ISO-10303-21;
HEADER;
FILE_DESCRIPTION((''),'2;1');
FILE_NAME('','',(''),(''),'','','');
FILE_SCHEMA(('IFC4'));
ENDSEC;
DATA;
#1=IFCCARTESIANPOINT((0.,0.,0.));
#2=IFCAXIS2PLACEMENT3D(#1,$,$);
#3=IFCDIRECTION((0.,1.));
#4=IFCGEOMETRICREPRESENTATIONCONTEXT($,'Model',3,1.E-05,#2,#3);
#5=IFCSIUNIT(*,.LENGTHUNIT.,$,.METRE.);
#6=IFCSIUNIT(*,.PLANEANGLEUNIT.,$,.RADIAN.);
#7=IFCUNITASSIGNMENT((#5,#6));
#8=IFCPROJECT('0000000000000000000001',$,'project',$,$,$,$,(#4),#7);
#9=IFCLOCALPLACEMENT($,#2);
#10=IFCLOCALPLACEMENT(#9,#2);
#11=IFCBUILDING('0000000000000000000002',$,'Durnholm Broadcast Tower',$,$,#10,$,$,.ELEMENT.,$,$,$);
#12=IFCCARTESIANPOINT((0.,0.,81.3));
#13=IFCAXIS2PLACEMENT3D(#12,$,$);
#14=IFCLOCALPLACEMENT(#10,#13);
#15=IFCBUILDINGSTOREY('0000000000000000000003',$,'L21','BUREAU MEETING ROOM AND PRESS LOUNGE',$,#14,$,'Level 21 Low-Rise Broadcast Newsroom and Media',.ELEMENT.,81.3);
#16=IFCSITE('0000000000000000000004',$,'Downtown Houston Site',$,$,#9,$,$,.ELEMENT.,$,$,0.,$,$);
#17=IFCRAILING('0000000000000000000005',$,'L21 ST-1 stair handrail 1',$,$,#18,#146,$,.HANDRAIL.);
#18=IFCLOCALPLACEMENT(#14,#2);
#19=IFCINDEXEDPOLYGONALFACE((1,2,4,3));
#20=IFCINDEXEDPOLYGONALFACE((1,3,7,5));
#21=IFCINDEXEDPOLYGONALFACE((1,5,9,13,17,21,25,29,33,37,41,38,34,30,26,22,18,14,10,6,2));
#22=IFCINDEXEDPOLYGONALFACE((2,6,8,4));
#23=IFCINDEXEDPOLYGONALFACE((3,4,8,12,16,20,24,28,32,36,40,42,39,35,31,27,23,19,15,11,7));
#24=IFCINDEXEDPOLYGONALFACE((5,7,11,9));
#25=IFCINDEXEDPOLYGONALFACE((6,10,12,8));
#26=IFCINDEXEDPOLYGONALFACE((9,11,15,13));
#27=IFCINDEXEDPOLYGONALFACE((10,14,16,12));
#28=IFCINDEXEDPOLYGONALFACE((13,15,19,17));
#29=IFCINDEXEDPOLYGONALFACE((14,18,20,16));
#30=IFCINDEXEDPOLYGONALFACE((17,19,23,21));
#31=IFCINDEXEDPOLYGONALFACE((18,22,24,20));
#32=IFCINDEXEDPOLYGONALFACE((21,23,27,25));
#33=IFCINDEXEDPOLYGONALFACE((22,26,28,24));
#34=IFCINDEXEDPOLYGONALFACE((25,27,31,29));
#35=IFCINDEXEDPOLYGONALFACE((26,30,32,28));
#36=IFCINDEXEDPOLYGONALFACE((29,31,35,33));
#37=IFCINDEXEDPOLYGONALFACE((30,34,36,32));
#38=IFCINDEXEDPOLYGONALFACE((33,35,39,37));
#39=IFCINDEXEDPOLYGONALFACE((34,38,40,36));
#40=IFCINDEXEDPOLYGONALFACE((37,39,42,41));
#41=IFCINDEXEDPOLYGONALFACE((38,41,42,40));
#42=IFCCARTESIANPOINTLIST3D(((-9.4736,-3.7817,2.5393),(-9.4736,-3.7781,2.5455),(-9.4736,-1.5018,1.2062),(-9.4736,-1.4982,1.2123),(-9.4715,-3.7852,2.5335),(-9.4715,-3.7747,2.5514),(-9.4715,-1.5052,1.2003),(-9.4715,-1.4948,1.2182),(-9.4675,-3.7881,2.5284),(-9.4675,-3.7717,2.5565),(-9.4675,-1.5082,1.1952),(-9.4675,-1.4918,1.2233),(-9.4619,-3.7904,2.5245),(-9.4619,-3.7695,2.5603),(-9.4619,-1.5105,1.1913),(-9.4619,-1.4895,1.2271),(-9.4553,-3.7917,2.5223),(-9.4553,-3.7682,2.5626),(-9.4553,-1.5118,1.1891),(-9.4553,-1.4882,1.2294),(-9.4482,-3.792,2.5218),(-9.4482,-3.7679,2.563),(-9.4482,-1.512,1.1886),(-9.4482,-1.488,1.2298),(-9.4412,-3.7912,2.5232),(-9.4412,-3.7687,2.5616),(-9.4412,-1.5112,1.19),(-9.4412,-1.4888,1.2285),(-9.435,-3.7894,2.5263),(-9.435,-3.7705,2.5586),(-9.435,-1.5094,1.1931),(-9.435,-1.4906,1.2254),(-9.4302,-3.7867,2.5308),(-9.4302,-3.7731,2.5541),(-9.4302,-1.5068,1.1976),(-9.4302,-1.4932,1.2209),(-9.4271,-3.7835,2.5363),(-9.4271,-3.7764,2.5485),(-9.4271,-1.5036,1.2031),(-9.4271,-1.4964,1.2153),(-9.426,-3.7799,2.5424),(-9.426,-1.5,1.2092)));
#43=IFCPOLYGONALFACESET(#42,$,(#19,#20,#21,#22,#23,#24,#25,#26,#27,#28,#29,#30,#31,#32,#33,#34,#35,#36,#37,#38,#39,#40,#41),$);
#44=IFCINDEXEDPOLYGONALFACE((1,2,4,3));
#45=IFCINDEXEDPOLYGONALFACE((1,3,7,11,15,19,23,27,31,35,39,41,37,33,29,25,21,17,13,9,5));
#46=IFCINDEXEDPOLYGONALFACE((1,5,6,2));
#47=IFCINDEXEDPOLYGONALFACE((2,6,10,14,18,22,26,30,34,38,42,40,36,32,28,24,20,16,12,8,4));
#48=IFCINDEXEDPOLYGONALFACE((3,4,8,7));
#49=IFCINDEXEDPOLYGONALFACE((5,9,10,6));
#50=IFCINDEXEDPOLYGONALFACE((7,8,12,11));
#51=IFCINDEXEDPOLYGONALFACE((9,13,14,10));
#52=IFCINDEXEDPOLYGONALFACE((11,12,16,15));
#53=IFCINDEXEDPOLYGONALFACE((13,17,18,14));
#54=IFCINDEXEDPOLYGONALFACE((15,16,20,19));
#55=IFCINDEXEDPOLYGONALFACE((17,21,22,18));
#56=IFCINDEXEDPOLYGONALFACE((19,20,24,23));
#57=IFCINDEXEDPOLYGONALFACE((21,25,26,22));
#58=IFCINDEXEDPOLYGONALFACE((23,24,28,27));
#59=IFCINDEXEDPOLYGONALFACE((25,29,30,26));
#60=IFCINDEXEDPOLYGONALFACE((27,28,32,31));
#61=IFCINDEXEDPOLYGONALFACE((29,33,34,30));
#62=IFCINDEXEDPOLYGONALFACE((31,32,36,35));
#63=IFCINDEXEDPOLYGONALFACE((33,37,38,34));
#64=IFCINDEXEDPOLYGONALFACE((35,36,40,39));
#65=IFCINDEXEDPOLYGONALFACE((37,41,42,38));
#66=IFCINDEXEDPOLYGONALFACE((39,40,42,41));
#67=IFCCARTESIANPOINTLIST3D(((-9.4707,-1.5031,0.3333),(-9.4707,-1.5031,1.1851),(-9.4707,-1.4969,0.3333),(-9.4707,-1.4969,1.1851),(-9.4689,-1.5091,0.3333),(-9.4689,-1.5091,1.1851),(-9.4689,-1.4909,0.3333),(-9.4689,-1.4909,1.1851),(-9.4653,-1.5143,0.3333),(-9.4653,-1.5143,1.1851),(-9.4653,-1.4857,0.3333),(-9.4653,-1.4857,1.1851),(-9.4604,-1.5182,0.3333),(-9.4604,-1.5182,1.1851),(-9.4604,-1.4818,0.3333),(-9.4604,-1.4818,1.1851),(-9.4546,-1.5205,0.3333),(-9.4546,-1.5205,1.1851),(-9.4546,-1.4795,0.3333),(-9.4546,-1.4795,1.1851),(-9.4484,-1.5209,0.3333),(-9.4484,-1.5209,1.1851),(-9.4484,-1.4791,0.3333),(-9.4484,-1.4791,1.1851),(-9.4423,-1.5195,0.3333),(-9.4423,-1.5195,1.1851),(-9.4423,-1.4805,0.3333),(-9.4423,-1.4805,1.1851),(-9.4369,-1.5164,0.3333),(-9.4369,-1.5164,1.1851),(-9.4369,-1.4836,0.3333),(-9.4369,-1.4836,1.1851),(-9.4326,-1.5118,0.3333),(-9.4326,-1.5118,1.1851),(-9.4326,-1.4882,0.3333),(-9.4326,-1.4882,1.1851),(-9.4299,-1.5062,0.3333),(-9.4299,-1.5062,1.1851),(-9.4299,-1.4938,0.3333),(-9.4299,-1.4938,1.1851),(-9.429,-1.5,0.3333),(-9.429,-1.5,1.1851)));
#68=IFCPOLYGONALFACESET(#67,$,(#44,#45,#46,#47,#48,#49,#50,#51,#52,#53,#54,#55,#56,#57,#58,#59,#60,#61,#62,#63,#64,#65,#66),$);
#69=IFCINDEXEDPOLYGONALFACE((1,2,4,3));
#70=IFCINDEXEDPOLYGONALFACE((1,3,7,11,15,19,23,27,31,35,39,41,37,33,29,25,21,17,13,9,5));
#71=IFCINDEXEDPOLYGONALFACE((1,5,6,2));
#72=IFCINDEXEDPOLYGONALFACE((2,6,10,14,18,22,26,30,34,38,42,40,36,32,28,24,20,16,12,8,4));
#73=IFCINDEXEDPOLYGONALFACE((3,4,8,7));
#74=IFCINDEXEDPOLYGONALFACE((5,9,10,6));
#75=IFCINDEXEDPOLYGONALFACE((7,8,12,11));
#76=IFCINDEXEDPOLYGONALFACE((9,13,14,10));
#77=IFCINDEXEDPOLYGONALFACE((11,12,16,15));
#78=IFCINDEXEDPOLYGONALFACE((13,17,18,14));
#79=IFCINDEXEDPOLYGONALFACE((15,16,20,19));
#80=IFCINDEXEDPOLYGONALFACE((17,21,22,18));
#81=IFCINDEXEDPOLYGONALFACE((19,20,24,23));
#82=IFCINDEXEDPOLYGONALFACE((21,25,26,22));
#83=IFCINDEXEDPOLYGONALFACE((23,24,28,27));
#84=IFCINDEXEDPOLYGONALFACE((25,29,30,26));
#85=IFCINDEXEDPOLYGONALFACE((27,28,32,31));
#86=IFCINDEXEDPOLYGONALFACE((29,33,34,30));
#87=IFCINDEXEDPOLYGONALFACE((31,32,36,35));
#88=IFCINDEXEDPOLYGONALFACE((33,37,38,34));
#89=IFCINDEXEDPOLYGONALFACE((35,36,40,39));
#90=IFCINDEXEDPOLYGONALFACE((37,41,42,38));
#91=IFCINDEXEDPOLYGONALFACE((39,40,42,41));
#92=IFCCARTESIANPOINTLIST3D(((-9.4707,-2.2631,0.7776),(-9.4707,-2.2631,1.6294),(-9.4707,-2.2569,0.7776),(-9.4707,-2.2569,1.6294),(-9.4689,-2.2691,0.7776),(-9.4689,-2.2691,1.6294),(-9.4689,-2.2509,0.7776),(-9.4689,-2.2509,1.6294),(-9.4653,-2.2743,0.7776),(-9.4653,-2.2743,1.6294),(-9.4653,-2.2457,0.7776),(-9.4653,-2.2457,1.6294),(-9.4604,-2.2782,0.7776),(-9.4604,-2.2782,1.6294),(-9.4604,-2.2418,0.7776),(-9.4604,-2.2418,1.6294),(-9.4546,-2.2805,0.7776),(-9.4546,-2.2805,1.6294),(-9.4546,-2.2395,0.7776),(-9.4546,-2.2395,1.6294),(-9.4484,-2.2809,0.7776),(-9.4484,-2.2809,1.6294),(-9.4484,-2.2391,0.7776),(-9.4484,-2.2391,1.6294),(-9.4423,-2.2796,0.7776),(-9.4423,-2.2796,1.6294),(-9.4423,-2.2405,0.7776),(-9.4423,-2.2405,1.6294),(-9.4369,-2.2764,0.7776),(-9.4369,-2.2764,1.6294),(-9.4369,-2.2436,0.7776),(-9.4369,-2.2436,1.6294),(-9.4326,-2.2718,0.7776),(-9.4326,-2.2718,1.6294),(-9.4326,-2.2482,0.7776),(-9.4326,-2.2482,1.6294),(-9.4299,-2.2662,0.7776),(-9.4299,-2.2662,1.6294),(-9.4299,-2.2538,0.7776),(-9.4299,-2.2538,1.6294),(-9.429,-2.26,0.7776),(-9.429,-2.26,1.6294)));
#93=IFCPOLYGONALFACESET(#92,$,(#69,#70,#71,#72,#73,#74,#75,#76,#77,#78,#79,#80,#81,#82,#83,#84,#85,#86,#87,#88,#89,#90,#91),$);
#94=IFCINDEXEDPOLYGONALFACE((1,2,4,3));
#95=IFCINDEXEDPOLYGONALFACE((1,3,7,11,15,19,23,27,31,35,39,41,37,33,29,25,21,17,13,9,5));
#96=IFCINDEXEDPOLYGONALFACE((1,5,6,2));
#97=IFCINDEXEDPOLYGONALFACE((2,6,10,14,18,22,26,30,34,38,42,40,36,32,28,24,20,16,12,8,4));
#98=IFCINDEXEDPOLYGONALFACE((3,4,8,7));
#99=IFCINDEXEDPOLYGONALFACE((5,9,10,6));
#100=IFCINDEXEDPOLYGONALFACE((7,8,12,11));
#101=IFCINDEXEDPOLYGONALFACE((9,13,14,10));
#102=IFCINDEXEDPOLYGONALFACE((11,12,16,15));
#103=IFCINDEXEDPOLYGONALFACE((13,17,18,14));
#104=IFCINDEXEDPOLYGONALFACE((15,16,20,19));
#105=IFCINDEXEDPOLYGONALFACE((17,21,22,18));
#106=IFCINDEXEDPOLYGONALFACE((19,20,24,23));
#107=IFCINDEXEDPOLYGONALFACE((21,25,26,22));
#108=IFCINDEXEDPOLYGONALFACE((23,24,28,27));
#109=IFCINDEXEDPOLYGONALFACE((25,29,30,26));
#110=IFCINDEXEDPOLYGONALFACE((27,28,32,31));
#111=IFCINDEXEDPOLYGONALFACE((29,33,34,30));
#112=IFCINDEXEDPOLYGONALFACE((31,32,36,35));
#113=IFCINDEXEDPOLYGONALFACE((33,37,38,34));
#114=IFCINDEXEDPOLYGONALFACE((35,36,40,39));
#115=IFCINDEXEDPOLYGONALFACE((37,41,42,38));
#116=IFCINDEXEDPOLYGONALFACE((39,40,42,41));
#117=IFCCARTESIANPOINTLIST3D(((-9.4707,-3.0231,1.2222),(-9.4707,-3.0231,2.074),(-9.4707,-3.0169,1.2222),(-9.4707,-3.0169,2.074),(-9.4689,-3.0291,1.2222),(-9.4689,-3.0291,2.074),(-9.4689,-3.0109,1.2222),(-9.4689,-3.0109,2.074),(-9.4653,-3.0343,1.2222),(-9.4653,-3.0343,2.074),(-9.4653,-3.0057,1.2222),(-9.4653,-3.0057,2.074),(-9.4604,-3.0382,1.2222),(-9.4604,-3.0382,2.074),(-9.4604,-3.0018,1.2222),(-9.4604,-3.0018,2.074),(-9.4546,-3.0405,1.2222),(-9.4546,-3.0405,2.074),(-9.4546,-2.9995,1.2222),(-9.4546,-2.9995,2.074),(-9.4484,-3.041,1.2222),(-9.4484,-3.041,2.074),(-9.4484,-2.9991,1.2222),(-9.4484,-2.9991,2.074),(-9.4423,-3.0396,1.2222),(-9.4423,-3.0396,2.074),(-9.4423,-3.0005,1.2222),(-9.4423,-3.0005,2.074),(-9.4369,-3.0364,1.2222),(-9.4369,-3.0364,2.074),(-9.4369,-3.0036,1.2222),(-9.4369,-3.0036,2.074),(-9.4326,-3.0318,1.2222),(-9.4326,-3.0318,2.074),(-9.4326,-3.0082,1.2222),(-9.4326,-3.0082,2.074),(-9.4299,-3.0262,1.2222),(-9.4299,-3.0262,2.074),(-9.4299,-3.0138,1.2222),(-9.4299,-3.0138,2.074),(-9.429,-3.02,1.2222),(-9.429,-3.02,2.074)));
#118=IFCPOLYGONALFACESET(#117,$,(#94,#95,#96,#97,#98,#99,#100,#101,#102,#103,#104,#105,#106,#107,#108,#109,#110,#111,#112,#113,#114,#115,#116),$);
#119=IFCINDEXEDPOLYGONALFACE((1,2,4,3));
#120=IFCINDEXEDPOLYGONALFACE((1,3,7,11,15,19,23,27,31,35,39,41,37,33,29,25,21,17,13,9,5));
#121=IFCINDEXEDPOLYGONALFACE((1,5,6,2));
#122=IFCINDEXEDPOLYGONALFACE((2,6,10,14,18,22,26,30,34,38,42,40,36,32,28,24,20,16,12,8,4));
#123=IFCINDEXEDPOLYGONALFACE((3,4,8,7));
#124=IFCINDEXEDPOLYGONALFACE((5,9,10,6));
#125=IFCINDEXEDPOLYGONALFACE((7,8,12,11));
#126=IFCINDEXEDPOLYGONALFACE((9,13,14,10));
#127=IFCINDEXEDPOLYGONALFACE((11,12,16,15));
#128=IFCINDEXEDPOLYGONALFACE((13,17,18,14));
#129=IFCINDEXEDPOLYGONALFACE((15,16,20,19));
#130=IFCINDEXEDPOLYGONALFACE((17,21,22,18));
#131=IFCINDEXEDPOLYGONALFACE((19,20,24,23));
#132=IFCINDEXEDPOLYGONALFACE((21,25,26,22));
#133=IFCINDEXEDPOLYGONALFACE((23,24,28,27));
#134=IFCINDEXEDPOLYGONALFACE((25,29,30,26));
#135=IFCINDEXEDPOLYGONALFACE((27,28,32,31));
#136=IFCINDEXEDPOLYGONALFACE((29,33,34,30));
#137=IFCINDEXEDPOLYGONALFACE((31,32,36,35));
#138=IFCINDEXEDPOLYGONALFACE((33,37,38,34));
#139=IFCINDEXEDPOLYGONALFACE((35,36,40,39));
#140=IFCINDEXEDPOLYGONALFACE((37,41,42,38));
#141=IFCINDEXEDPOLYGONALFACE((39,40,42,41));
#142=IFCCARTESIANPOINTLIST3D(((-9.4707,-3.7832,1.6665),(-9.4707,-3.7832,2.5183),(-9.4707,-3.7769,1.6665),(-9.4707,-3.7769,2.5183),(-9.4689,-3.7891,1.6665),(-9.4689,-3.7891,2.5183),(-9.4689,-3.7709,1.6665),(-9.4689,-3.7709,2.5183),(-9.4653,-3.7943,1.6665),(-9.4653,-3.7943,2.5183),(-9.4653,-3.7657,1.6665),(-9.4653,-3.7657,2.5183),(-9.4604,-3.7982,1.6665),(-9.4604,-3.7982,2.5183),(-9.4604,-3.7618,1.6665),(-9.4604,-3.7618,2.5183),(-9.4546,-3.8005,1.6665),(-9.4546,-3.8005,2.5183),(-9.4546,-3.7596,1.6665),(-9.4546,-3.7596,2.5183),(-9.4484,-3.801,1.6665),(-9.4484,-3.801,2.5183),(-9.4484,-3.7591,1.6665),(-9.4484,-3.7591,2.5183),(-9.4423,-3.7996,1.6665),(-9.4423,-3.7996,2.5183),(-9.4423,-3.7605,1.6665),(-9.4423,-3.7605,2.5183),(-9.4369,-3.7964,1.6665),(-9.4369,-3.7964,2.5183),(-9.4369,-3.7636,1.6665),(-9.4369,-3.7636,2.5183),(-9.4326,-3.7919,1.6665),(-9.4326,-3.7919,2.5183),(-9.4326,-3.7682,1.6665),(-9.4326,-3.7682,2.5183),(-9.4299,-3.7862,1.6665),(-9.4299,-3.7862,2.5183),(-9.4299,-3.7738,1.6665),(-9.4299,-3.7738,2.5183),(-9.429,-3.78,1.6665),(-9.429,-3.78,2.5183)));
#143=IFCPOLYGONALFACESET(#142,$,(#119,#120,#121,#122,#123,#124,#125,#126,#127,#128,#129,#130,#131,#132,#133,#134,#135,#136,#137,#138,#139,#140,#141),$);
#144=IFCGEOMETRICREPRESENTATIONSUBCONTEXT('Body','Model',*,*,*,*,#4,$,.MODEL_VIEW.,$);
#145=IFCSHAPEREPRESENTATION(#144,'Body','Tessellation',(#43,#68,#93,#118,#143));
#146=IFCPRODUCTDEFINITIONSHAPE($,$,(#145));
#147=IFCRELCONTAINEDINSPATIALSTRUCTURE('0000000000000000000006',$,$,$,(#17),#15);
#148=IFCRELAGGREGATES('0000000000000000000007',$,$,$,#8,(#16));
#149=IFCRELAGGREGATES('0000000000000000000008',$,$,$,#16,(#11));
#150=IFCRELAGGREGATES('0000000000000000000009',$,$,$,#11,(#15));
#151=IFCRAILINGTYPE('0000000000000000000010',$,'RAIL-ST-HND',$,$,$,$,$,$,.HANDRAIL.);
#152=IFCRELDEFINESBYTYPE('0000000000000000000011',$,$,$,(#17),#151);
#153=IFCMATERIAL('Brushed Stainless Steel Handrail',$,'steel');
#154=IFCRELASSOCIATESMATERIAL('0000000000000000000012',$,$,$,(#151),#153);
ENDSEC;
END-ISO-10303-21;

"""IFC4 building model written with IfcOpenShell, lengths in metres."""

from ifc_helpers import new_model, si_unit, direction, frame, origin, origin_2d, place, context, subcontext, project, spatial, circle, extrude, material, type_object, element, save


model = new_model("IFC4")

# Units and contexts
model_context = context("Model", 3, precision=1e-05, world=origin(), true_north=direction((0.0, 1.0)))
body_context = subcontext(model_context, "Body", "Model", "MODEL_VIEW")
ifc_project = project(units=[si_unit("LENGTHUNIT", "METRE"), si_unit("PLANEANGLEUNIT", "RADIAN")], contexts=[model_context])

# Site, building, storey
site_placement = place(None, origin())
site = spatial("IfcSite", under=ifc_project, at=site_placement, Name="Downtown Houston Site", CompositionType="ELEMENT", RefElevation=0.0)
building_placement = place(site_placement, origin())
building = spatial("IfcBuilding", under=site, at=building_placement, Name="Durnholm Broadcast Tower", CompositionType="ELEMENT")
storey_placement = place(building_placement, frame((0.0, 0.0, 81.3)))
storey = spatial("IfcBuildingStorey", under=building, at=storey_placement, Name="L21", Description="BUREAU MEETING ROOM AND PRESS LOUNGE", LongName="Level 21 Low-Rise Broadcast Newsroom and Media", CompositionType="ELEMENT", Elevation=81.3)

# Railing
ifc_material_1 = material(Name="Brushed Stainless Steel Handrail", Category="steel")
railing_type_1 = type_object("IfcRailingType", Name="RAIL-ST-HND", PredefinedType="HANDRAIL", material=ifc_material_1)
railing_1_placement = place(storey_placement, frame((-9.45, -1.5, 0.3333)))
element("IfcRailing", 1, at=railing_1_placement, inside=storey, type_object=railing_type_1, Name="L21 ST-1 stair handrail 1", PredefinedType="HANDRAIL", context=body_context, shape_type="SweptSolid", body=[
    extrude(circle(Radius=0.0239, at=origin_2d()), frame((0.0, 0.0, 0.876), z_axis=(0.0, -0.863245, 0.504785), x_axis=(1.0, 0.0, 0.0)), (0.0, 0.0, 1.0), 2.6411),
    extrude(circle(Radius=0.021, at=origin_2d()), origin(), (0.0, 0.0, 1.0), 0.8518),
    extrude(circle(Radius=0.021, at=origin_2d()), frame((0.0, -0.76, 0.4443)), (0.0, 0.0, 1.0), 0.8518),
    extrude(circle(Radius=0.021, at=origin_2d()), frame((0.0, -1.52, 0.8889)), (0.0, 0.0, 1.0), 0.8518),
    extrude(circle(Radius=0.021, at=origin_2d()), frame((0.0, -2.28, 1.3333)), (0.0, 0.0, 1.0), 0.8518),
])

save(model, "model.ifc")
